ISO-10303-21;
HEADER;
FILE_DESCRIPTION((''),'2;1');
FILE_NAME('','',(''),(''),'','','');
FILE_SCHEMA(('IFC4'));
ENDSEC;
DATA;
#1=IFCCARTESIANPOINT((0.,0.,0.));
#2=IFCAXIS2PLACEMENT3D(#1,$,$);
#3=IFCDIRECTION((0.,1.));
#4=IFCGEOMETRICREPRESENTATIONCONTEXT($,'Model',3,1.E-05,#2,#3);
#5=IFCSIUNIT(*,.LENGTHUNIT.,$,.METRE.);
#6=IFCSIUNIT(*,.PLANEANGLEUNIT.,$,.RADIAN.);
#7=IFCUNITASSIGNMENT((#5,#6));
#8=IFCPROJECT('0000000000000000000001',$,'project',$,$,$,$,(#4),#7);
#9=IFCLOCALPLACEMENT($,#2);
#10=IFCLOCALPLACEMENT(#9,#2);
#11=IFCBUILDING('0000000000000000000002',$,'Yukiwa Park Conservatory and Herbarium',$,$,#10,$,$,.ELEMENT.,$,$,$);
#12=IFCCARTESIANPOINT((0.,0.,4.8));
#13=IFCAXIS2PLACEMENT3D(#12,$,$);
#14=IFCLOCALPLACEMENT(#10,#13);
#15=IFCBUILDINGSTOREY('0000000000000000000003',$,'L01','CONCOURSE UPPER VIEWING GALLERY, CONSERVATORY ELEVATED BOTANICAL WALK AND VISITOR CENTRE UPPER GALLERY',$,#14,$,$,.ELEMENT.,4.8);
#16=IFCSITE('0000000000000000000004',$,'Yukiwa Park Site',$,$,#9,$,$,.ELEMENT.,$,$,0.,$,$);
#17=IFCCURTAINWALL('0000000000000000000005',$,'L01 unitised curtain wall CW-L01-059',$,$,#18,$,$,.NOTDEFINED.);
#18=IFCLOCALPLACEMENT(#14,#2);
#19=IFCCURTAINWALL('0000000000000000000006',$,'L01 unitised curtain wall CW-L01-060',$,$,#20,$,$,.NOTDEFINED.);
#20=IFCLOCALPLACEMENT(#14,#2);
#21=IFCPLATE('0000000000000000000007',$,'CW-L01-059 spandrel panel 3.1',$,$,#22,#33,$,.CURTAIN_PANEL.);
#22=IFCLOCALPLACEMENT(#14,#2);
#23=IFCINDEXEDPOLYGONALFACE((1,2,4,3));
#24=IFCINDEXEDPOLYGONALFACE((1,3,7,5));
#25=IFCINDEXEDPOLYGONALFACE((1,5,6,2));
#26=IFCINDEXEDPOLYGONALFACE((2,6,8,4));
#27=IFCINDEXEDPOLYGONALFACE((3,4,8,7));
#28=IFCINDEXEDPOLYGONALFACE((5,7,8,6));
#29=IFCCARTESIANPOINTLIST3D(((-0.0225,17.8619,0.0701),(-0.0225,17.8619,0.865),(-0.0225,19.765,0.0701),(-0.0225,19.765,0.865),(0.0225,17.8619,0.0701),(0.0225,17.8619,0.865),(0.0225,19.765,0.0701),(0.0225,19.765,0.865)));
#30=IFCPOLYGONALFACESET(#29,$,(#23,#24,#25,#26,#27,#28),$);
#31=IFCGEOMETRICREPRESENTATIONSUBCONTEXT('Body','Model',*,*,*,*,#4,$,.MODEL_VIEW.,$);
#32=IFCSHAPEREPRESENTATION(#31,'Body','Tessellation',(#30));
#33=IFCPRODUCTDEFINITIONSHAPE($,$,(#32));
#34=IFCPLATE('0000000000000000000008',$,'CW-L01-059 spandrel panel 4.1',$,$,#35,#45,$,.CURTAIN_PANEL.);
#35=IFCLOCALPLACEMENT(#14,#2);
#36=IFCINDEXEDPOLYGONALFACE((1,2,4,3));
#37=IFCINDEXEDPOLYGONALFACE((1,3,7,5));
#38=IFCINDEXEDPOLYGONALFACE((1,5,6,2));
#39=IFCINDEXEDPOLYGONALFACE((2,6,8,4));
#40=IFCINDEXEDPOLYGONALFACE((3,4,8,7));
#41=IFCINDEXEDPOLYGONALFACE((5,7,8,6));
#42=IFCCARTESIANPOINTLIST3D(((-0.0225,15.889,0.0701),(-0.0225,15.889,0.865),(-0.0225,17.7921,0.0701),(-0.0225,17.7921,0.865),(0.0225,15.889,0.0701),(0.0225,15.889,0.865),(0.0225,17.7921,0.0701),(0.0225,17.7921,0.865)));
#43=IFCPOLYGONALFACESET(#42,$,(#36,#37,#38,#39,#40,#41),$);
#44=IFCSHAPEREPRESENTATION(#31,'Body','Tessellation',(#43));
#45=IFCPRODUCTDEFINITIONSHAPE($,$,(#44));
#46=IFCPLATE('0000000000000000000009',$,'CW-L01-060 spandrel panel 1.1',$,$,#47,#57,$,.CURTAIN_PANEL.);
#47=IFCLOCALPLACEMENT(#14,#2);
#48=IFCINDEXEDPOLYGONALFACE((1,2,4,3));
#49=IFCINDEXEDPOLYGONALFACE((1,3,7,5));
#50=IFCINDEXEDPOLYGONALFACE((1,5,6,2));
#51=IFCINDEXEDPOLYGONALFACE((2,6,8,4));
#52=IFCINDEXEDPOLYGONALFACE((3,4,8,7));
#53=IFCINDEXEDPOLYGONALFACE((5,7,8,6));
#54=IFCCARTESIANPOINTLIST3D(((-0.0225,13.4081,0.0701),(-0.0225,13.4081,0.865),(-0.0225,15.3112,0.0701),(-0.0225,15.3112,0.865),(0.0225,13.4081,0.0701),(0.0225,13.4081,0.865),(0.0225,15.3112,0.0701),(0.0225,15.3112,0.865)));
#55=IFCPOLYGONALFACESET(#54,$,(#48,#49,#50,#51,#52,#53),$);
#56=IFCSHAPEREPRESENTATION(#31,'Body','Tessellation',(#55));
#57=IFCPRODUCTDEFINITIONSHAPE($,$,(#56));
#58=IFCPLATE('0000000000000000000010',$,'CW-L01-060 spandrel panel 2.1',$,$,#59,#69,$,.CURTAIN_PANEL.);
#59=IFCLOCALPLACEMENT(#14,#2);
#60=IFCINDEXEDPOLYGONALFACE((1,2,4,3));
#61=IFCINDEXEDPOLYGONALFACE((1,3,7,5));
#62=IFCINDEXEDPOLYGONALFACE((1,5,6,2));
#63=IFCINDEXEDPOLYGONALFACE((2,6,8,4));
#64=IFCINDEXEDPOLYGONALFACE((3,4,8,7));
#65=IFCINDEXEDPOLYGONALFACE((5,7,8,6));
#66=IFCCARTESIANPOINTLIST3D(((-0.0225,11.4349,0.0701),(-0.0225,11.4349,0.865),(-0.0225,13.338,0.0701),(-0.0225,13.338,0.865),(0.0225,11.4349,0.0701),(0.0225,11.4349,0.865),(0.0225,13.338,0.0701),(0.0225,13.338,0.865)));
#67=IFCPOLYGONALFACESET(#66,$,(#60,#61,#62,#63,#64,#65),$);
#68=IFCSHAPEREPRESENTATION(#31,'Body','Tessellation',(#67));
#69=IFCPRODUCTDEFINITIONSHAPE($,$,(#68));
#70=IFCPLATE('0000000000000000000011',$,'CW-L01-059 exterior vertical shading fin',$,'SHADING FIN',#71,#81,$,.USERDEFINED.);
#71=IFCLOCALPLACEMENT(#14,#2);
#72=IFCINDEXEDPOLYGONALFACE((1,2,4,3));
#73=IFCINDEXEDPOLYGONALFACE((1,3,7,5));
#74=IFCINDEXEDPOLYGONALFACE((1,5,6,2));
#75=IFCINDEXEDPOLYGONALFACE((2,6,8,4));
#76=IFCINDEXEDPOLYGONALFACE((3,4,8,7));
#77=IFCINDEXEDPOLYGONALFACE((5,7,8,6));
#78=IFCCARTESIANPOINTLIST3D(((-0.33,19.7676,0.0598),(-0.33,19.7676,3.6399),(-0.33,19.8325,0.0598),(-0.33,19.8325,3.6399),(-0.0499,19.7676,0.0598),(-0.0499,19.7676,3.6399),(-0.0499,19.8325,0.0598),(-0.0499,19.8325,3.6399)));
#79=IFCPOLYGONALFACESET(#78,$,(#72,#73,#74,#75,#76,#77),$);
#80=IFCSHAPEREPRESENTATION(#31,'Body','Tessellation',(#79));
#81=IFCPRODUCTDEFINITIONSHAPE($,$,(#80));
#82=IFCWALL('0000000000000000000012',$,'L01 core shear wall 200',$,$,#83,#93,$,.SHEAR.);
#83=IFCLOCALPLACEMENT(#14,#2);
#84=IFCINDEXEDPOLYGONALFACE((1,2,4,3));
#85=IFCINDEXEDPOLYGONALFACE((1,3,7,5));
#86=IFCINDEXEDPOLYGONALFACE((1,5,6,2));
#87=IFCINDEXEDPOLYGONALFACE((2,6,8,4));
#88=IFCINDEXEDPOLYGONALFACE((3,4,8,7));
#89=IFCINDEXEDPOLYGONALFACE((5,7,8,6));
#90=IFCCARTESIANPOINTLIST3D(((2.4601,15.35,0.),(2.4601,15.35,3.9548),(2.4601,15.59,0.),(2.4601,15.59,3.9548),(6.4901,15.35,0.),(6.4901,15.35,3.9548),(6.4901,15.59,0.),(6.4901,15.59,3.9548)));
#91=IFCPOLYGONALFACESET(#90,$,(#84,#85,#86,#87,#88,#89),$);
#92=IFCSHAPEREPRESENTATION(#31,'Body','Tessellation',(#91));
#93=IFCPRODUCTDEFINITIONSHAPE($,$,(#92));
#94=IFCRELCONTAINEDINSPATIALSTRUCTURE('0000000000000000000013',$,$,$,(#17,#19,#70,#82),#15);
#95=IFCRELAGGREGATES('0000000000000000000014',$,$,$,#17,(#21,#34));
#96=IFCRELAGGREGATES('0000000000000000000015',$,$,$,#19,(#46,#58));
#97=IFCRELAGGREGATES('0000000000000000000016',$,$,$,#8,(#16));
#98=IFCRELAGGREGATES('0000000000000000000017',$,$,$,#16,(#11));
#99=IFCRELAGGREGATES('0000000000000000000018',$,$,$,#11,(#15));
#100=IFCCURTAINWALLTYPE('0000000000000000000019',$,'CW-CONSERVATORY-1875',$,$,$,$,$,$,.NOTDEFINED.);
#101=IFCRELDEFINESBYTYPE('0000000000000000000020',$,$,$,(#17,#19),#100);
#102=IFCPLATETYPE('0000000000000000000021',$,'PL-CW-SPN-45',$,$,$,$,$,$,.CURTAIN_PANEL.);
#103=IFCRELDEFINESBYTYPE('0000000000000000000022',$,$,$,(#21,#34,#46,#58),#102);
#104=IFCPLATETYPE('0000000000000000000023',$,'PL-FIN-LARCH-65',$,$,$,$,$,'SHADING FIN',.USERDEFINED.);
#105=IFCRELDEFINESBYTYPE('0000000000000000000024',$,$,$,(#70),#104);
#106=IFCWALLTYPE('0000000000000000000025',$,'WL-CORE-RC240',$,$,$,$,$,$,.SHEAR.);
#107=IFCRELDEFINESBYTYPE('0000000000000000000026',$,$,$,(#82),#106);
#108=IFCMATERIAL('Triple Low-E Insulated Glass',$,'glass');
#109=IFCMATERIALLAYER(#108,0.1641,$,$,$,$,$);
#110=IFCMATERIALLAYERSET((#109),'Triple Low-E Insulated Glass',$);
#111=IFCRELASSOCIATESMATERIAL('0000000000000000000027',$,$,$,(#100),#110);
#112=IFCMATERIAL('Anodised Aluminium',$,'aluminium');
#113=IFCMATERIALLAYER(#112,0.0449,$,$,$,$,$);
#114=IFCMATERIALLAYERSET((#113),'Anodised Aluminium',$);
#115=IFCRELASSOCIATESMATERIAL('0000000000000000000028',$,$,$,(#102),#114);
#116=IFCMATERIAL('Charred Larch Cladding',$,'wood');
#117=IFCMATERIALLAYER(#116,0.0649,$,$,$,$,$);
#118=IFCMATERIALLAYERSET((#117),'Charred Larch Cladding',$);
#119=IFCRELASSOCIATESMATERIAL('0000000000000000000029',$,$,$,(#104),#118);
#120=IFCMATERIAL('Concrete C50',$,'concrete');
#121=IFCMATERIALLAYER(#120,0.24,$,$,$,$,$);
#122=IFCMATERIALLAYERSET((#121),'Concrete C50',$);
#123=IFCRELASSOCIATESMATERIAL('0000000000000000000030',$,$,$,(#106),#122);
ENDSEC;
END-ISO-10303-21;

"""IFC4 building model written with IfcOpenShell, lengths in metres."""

from ifc_helpers import new_model, si_unit, direction, frame, frame_2d, origin, origin_2d, place, context, subcontext, project, spatial, rectangle, extrude, material, layer, layer_set, type_object, element, aggregate, save


model = new_model("IFC4")

# Units and contexts
model_context = context("Model", 3, precision=1e-05, world=origin(), true_north=direction((0.0, 1.0)))
body_context = subcontext(model_context, "Body", "Model", "MODEL_VIEW")
ifc_project = project(units=[si_unit("LENGTHUNIT", "METRE"), si_unit("PLANEANGLEUNIT", "RADIAN")], contexts=[model_context])

# Site, building, storey
site_placement = place(None, origin())
site = spatial("IfcSite", under=ifc_project, at=site_placement, Name="Yukiwa Park Site", CompositionType="ELEMENT", RefElevation=0.0)
building_placement = place(site_placement, origin())
building = spatial("IfcBuilding", under=site, at=building_placement, Name="Yukiwa Park Conservatory and Herbarium", CompositionType="ELEMENT")
storey_placement = place(building_placement, frame((0.0, 0.0, 4.8)))
storey = spatial("IfcBuildingStorey", under=building, at=storey_placement, Name="L01", Description="CONCOURSE UPPER VIEWING GALLERY, CONSERVATORY ELEVATED BOTANICAL WALK AND VISITOR CENTRE UPPER GALLERY", CompositionType="ELEMENT", Elevation=4.8)

# Curtain walls
ifc_material_1 = material(Name="Triple Low-E Insulated Glass", Category="glass")
ifc_layer_1 = layer(ifc_material_1, 0.1641)
ifc_layer_set_1 = layer_set([ifc_layer_1], Name="Triple Low-E Insulated Glass")
curtain_wall_type = type_object("IfcCurtainWallType", Name="CW-CONSERVATORY-1875", PredefinedType="NOTDEFINED", material=ifc_layer_set_1)
curtain_wall_1_placement = place(storey_placement, origin())
curtain_wall_1 = element("IfcCurtainWall", 1, at=curtain_wall_1_placement, inside=storey, type_object=curtain_wall_type, Name="L01 unitised curtain wall CW-L01-059", PredefinedType="NOTDEFINED")
curtain_wall_2_placement = place(storey_placement, origin())
curtain_wall_2 = element("IfcCurtainWall", 2, at=curtain_wall_2_placement, inside=storey, type_object=curtain_wall_type, Name="L01 unitised curtain wall CW-L01-060", PredefinedType="NOTDEFINED")

# Plates
ifc_material_2 = material(Name="Anodised Aluminium", Category="aluminium")
ifc_layer_2 = layer(ifc_material_2, 0.0449)
ifc_layer_set_2 = layer_set([ifc_layer_2], Name="Anodised Aluminium")
plate_type_1 = type_object("IfcPlateType", Name="PL-CW-SPN-45", PredefinedType="CURTAIN_PANEL", material=ifc_layer_set_2)
plate_1_placement = place(storey_placement, frame((0.0, 18.8135, 0.0701), z_axis=(0.0, 0.0, 1.0), x_axis=(0.0, -1.0, 0.0)))
plate_1 = element("IfcPlate", 3, at=plate_1_placement, type_object=plate_type_1, Name="CW-L01-059 spandrel panel 3.1", PredefinedType="CURTAIN_PANEL", context=body_context, shape_type="SweptSolid", body=[
    extrude(rectangle(XDim=1.9031, YDim=0.0449, at=origin_2d()), origin(), (0.0, 0.0, 1.0), 0.7949),
])
plate_2_placement = place(storey_placement, frame((0.0, 16.8406, 0.0701), z_axis=(0.0, 0.0, 1.0), x_axis=(0.0, -1.0, 0.0)))
plate_2 = element("IfcPlate", 4, at=plate_2_placement, type_object=plate_type_1, Name="CW-L01-059 spandrel panel 4.1", PredefinedType="CURTAIN_PANEL", context=body_context, shape_type="SweptSolid", body=[
    extrude(rectangle(XDim=1.9031, YDim=0.0449, at=origin_2d()), origin(), (0.0, 0.0, 1.0), 0.7949),
])
aggregate(curtain_wall_1, [plate_1, plate_2])
plate_3_placement = place(storey_placement, frame((0.0, 14.3596, 0.0701), z_axis=(0.0, 0.0, 1.0), x_axis=(0.0, -1.0, 0.0)))
plate_3 = element("IfcPlate", 5, at=plate_3_placement, type_object=plate_type_1, Name="CW-L01-060 spandrel panel 1.1", PredefinedType="CURTAIN_PANEL", context=body_context, shape_type="SweptSolid", body=[
    extrude(rectangle(XDim=1.9031, YDim=0.0449, at=origin_2d()), origin(), (0.0, 0.0, 1.0), 0.7949),
])
plate_4_placement = place(storey_placement, frame((0.0, 12.3865, 0.0701), z_axis=(0.0, 0.0, 1.0), x_axis=(0.0, -1.0, 0.0)))
plate_4 = element("IfcPlate", 6, at=plate_4_placement, type_object=plate_type_1, Name="CW-L01-060 spandrel panel 2.1", PredefinedType="CURTAIN_PANEL", context=body_context, shape_type="SweptSolid", body=[
    extrude(rectangle(XDim=1.9031, YDim=0.0449, at=origin_2d()), origin(), (0.0, 0.0, 1.0), 0.7949),
])
aggregate(curtain_wall_2, [plate_3, plate_4])
ifc_material_3 = material(Name="Charred Larch Cladding", Category="wood")
ifc_layer_3 = layer(ifc_material_3, 0.0649)
ifc_layer_set_3 = layer_set([ifc_layer_3], Name="Charred Larch Cladding")
plate_type_2 = type_object("IfcPlateType", Name="PL-FIN-LARCH-65", ElementType="SHADING FIN", PredefinedType="USERDEFINED", material=ifc_layer_set_3)
plate_5_placement = place(storey_placement, frame((-0.1899, 19.8, 0.0598), z_axis=(0.0, 0.0, 1.0), x_axis=(0.0, -1.0, 0.0)))
element("IfcPlate", 7, at=plate_5_placement, inside=storey, type_object=plate_type_2, Name="CW-L01-059 exterior vertical shading fin", ObjectType="SHADING FIN", PredefinedType="USERDEFINED", context=body_context, shape_type="SweptSolid", body=[
    extrude(rectangle(XDim=0.0649, YDim=0.28, at=origin_2d()), origin(), (0.0, 0.0, 1.0), 3.5801),
])

# Wall
ifc_material_4 = material(Name="Concrete C50", Category="concrete")
ifc_layer_4 = layer(ifc_material_4, 0.24)
ifc_layer_set_4 = layer_set([ifc_layer_4], Name="Concrete C50")
wall_type = type_object("IfcWallType", Name="WL-CORE-RC240", PredefinedType="SHEAR", material=ifc_layer_set_4)
wall_placement = place(storey_placement, frame((2.46, 15.47, 0.0), z_axis=(0.0, 0.0, 1.0), x_axis=(1.0, 0.0, 0.0)))
element("IfcWall", 8, at=wall_placement, inside=storey, type_object=wall_type, Name="L01 core shear wall 200", PredefinedType="SHEAR", context=body_context, shape_type="SweptSolid", body=[
    extrude(rectangle(XDim=4.03, YDim=0.24, at=frame_2d((2.0151, 0.0))), origin(), (0.0, 0.0, 1.0), 3.9548),
])

save(model, "model.ifc")
